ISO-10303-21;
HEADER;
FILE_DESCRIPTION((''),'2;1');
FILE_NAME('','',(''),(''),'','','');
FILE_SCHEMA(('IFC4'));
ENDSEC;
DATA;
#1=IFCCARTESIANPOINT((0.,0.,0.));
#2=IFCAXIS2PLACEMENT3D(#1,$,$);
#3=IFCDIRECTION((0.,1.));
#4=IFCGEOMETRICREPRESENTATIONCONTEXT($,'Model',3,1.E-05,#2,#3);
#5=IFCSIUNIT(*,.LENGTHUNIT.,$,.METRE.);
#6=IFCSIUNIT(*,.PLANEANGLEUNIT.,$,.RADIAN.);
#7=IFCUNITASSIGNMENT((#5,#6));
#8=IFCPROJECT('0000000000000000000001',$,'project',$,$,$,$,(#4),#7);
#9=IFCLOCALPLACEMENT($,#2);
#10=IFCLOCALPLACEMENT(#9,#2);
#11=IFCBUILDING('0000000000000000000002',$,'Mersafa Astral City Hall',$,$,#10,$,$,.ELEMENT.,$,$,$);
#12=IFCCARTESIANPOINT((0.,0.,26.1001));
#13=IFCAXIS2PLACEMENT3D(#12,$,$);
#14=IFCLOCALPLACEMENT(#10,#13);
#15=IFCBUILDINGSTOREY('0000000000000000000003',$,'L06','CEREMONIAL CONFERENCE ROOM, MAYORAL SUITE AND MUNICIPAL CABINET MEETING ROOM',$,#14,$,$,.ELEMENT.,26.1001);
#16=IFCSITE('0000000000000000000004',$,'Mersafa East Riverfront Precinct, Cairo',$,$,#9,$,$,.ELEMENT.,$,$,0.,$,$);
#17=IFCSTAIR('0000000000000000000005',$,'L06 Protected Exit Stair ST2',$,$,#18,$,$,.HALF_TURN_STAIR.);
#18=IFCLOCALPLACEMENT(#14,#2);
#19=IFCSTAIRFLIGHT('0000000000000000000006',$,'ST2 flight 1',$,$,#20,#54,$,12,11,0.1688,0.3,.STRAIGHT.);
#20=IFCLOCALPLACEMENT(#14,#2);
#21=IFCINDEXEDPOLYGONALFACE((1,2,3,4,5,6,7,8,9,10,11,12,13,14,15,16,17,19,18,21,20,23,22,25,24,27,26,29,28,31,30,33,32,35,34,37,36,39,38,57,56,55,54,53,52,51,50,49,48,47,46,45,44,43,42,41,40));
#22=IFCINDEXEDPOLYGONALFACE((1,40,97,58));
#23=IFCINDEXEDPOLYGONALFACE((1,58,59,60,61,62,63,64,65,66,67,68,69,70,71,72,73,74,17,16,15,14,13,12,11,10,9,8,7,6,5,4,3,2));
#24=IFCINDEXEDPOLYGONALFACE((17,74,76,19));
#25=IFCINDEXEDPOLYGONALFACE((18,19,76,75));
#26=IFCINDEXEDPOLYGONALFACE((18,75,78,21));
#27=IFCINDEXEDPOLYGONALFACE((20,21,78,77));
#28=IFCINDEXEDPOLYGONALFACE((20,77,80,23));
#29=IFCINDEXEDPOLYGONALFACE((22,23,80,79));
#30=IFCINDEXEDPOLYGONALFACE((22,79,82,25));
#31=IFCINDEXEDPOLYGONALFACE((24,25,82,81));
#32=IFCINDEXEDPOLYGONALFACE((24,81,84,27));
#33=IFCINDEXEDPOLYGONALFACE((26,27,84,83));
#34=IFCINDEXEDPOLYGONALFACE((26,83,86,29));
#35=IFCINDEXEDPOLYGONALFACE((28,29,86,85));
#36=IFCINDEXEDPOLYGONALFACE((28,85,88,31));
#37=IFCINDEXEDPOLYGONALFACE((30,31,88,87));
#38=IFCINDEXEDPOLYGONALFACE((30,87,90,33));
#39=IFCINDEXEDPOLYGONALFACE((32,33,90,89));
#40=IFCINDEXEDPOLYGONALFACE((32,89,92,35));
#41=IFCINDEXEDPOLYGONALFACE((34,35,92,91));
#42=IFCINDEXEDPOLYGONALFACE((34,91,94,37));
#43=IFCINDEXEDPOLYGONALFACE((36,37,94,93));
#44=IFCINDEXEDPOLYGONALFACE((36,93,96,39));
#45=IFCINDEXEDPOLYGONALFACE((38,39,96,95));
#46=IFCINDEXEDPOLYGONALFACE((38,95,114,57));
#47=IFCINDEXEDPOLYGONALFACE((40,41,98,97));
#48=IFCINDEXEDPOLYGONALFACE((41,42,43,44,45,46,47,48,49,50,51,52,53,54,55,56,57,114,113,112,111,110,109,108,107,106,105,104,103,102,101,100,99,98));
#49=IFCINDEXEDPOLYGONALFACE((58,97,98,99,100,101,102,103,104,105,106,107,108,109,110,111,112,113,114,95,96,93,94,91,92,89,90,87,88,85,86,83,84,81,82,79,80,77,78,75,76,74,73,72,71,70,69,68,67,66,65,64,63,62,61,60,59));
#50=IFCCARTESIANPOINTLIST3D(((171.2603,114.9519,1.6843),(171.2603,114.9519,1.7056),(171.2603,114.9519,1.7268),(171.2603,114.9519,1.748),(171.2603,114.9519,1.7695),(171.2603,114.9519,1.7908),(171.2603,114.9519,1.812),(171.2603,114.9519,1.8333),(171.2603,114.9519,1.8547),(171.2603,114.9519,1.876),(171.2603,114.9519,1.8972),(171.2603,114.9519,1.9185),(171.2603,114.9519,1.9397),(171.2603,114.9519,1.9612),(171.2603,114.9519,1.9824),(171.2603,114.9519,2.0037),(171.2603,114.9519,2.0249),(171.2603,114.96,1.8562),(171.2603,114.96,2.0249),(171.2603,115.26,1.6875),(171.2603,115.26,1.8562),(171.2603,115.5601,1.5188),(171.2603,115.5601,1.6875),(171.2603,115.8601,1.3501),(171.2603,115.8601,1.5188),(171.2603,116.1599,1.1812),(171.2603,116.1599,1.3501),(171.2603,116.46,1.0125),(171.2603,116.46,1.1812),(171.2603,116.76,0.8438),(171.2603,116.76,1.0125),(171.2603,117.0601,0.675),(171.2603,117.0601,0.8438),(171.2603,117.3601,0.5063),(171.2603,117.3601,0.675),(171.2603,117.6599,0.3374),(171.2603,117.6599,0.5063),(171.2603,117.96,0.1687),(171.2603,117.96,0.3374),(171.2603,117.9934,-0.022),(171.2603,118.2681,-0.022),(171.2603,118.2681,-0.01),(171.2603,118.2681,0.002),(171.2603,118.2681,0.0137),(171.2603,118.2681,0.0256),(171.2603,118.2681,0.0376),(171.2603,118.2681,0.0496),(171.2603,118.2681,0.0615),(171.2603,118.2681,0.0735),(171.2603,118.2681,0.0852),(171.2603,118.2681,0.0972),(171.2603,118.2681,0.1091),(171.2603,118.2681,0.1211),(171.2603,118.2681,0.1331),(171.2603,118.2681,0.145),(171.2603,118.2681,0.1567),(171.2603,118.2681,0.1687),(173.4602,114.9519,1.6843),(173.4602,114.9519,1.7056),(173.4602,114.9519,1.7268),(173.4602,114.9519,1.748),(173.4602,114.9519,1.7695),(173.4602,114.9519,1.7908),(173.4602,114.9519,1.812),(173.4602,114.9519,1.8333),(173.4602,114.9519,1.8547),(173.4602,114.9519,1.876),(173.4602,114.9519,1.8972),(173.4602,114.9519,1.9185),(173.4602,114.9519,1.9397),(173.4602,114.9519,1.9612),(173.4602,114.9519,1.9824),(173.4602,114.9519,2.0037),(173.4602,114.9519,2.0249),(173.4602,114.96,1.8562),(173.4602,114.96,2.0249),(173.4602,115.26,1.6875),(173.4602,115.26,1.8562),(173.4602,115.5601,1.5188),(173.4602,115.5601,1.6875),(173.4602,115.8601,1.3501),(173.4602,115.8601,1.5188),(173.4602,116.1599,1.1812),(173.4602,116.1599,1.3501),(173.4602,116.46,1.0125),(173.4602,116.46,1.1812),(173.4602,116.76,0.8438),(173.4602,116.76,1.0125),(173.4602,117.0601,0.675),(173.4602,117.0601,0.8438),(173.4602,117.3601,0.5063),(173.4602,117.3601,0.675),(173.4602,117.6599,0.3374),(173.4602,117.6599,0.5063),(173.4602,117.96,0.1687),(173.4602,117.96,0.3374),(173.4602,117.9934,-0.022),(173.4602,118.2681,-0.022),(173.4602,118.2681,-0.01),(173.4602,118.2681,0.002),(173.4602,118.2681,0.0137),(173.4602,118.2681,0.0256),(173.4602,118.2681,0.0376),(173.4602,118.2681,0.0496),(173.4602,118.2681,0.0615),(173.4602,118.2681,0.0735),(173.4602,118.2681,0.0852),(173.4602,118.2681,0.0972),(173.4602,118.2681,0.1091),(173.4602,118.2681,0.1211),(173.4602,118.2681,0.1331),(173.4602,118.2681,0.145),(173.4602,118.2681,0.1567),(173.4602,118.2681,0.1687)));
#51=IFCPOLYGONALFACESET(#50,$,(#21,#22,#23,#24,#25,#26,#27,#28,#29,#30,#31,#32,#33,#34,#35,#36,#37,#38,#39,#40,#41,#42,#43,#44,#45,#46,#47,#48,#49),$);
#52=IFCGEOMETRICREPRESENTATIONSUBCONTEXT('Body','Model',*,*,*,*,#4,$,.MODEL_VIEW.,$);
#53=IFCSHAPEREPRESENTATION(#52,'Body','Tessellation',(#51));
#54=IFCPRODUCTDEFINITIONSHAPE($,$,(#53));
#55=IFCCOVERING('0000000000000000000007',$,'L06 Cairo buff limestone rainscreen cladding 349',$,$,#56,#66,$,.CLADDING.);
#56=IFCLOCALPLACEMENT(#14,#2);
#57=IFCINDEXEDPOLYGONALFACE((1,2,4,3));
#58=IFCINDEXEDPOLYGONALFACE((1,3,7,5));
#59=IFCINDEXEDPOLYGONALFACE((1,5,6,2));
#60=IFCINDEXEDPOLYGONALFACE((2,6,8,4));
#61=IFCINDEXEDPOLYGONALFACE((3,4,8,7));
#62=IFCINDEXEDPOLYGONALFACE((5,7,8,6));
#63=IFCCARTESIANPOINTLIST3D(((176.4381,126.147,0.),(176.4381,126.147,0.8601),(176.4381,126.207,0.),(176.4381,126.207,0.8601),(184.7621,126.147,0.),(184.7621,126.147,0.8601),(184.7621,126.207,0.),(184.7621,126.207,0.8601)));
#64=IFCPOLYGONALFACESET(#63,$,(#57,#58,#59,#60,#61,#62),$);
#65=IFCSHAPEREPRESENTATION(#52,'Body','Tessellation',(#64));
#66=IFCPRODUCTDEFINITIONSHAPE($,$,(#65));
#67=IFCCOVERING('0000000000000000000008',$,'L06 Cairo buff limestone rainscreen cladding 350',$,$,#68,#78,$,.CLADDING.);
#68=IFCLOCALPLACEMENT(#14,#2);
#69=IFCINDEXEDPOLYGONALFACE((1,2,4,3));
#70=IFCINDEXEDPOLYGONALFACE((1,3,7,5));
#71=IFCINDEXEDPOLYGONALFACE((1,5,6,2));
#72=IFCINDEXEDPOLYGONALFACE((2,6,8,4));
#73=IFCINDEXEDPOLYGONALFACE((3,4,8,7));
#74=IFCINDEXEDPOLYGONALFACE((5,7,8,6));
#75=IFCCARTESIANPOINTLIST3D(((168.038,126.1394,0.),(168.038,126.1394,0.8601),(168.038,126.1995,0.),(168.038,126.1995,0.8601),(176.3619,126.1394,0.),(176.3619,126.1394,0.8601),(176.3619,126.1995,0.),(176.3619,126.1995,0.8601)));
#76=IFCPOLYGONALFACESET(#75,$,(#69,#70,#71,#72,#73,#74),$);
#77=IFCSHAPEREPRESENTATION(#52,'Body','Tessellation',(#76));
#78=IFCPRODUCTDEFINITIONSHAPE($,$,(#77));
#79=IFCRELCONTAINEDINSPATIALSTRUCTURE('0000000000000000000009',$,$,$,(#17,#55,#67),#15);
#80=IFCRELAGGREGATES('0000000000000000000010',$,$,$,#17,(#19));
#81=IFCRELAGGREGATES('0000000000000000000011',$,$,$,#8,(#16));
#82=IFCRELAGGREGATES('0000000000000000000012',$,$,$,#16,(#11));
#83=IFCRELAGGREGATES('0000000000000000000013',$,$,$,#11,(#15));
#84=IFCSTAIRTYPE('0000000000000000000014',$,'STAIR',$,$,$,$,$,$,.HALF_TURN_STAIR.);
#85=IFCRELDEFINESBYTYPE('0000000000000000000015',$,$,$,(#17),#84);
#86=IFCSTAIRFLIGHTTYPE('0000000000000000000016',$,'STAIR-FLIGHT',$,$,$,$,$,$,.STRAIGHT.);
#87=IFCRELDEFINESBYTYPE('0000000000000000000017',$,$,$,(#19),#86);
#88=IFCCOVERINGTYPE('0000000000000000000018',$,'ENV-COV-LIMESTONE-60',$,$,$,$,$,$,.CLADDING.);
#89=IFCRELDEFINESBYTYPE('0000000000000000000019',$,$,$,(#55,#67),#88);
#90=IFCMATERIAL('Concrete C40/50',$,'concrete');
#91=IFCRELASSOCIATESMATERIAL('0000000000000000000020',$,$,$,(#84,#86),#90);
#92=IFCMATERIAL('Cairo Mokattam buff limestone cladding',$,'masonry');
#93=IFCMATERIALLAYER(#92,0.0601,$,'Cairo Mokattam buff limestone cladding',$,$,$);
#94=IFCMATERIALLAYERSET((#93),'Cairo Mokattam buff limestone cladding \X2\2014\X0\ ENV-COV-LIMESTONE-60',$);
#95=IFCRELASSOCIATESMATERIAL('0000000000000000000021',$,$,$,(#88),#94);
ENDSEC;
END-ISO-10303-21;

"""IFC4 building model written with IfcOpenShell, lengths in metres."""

from ifc_helpers import new_model, si_unit, direction, frame, origin, origin_2d, place, context, subcontext, project, spatial, polyline, rectangle, outline, extrude, material, layer, layer_set, type_object, element, aggregate, save


model = new_model("IFC4")

# Units and contexts
model_context = context("Model", 3, precision=1e-05, world=origin(), true_north=direction((0.0, 1.0)))
body_context = subcontext(model_context, "Body", "Model", "MODEL_VIEW")
ifc_project = project(units=[si_unit("LENGTHUNIT", "METRE"), si_unit("PLANEANGLEUNIT", "RADIAN")], contexts=[model_context])

# Site, building, storey
site_placement = place(None, origin())
site = spatial("IfcSite", under=ifc_project, at=site_placement, Name="Mersafa East Riverfront Precinct, Cairo", CompositionType="ELEMENT", RefElevation=0.0)
building_placement = place(site_placement, origin())
building = spatial("IfcBuilding", under=site, at=building_placement, Name="Mersafa Astral City Hall", CompositionType="ELEMENT")
storey_placement = place(building_placement, frame((0.0, 0.0, 26.1001)))
storey = spatial("IfcBuildingStorey", under=building, at=storey_placement, Name="L06", Description="CEREMONIAL CONFERENCE ROOM, MAYORAL SUITE AND MUNICIPAL CABINET MEETING ROOM", CompositionType="ELEMENT", Elevation=26.1001)

# Shared definitions
ifc_material_1 = material(Name="Concrete C40/50", Category="concrete")

# Stair, stair flight
stair_type = type_object("IfcStairType", Name="STAIR", PredefinedType="HALF_TURN_STAIR", material=ifc_material_1)
stair_placement = place(storey_placement, origin())
stair = element("IfcStair", 1, at=stair_placement, inside=storey, type_object=stair_type, Name="L06 Protected Exit Stair ST2", PredefinedType="HALF_TURN_STAIR")
stair_flight_type = type_object("IfcStairFlightType", Name="STAIR-FLIGHT", PredefinedType="STRAIGHT", material=ifc_material_1)
stair_flight_placement = place(storey_placement, frame((172.3601, 118.26, 0.0), z_axis=(0.0, 0.0, 1.0), x_axis=(0.0, -1.0, 0.0)))
stair_flight = element("IfcStairFlight", 2, at=stair_flight_placement, type_object=stair_flight_type, Name="ST2 flight 1", NumberOfRisers=12, NumberOfTreads=11, PredefinedType="STRAIGHT", RiserHeight=0.1688, TreadLength=0.3, context=body_context, shape_type="SweptSolid", body=[
    extrude(outline(polyline([(-0.0081, -0.022), (-0.0081, -0.01), (-0.0081, 0.002), (-0.0081, 0.0137), (-0.0081, 0.0256), (-0.0081, 0.0376), (-0.0081, 0.0496), (-0.0081, 0.0615), (-0.0081, 0.0735), (-0.0081, 0.0852), (-0.0081, 0.0972), (-0.0081, 0.1091), (-0.0081, 0.1211), (-0.0081, 0.1331), (-0.0081, 0.145), (-0.0081, 0.1567), (-0.0081, 0.1687), (0.3, 0.1687), (0.3, 0.3374), (0.6001, 0.3374), (0.6001, 0.5063), (0.8999, 0.5063), (0.8999, 0.675), (1.2, 0.675), (1.2, 0.8438), (1.5, 0.8438), (1.5, 1.0125), (1.8, 1.0125), (1.8, 1.1812), (2.1001, 1.1812), (2.1001, 1.3501), (2.3999, 1.3501), (2.3999, 1.5188), (2.7, 1.5188), (2.7, 1.6875), (3.0, 1.6875), (3.0, 1.8562), (3.3, 1.8562), (3.3, 2.0249), (3.3081, 2.0249), (3.3081, 2.0037), (3.3081, 1.9824), (3.3081, 1.9612), (3.3081, 1.9397), (3.3081, 1.9185), (3.3081, 1.8972), (3.3081, 1.876), (3.3081, 1.8547), (3.3081, 1.8333), (3.3081, 1.812), (3.3081, 1.7908), (3.3081, 1.7695), (3.3081, 1.748), (3.3081, 1.7268), (3.3081, 1.7056), (3.3081, 1.6843), (0.2666, -0.022), (-0.0081, -0.022)])), frame((0.0, 1.1001, 0.0), z_axis=(0.0, -1.0, 0.0), x_axis=(1.0, 0.0, 0.0)), (0.0, 0.0, 1.0), 2.2),
])
aggregate(stair, [stair_flight])

# Coverings
ifc_material_2 = material(Name="Cairo Mokattam buff limestone cladding", Category="masonry")
ifc_layer_1 = layer(ifc_material_2, 0.0601, Name="Cairo Mokattam buff limestone cladding")
ifc_layer_set_1 = layer_set([ifc_layer_1], Name="Cairo Mokattam buff limestone cladding — ENV-COV-LIMESTONE-60")
covering_type = type_object("IfcCoveringType", Name="ENV-COV-LIMESTONE-60", PredefinedType="CLADDING", material=ifc_layer_set_1)
for number, where, z_axis, x_axis, name in (
    (3, (180.6001, 126.177, 0.0), (0.0, 0.0, 1.0), (-1.0, 0.0, 0.0), "L06 Cairo buff limestone rainscreen cladding 349"),
    (4, (172.2, 126.1694, 0.0), (0.0, 0.0, 1.0), (-1.0, 0.0, 0.0), "L06 Cairo buff limestone rainscreen cladding 350"),
):
    element("IfcCovering", number, at=place(storey_placement, frame(where, z_axis=z_axis, x_axis=x_axis)), inside=storey, type_object=covering_type, Name=name, PredefinedType="CLADDING", context=body_context, shape_type="SweptSolid", body=[
        extrude(rectangle(XDim=8.324, YDim=0.0601, at=origin_2d()), origin(), (0.0, 0.0, 1.0), 0.8601),
    ])

save(model, "model.ifc")
